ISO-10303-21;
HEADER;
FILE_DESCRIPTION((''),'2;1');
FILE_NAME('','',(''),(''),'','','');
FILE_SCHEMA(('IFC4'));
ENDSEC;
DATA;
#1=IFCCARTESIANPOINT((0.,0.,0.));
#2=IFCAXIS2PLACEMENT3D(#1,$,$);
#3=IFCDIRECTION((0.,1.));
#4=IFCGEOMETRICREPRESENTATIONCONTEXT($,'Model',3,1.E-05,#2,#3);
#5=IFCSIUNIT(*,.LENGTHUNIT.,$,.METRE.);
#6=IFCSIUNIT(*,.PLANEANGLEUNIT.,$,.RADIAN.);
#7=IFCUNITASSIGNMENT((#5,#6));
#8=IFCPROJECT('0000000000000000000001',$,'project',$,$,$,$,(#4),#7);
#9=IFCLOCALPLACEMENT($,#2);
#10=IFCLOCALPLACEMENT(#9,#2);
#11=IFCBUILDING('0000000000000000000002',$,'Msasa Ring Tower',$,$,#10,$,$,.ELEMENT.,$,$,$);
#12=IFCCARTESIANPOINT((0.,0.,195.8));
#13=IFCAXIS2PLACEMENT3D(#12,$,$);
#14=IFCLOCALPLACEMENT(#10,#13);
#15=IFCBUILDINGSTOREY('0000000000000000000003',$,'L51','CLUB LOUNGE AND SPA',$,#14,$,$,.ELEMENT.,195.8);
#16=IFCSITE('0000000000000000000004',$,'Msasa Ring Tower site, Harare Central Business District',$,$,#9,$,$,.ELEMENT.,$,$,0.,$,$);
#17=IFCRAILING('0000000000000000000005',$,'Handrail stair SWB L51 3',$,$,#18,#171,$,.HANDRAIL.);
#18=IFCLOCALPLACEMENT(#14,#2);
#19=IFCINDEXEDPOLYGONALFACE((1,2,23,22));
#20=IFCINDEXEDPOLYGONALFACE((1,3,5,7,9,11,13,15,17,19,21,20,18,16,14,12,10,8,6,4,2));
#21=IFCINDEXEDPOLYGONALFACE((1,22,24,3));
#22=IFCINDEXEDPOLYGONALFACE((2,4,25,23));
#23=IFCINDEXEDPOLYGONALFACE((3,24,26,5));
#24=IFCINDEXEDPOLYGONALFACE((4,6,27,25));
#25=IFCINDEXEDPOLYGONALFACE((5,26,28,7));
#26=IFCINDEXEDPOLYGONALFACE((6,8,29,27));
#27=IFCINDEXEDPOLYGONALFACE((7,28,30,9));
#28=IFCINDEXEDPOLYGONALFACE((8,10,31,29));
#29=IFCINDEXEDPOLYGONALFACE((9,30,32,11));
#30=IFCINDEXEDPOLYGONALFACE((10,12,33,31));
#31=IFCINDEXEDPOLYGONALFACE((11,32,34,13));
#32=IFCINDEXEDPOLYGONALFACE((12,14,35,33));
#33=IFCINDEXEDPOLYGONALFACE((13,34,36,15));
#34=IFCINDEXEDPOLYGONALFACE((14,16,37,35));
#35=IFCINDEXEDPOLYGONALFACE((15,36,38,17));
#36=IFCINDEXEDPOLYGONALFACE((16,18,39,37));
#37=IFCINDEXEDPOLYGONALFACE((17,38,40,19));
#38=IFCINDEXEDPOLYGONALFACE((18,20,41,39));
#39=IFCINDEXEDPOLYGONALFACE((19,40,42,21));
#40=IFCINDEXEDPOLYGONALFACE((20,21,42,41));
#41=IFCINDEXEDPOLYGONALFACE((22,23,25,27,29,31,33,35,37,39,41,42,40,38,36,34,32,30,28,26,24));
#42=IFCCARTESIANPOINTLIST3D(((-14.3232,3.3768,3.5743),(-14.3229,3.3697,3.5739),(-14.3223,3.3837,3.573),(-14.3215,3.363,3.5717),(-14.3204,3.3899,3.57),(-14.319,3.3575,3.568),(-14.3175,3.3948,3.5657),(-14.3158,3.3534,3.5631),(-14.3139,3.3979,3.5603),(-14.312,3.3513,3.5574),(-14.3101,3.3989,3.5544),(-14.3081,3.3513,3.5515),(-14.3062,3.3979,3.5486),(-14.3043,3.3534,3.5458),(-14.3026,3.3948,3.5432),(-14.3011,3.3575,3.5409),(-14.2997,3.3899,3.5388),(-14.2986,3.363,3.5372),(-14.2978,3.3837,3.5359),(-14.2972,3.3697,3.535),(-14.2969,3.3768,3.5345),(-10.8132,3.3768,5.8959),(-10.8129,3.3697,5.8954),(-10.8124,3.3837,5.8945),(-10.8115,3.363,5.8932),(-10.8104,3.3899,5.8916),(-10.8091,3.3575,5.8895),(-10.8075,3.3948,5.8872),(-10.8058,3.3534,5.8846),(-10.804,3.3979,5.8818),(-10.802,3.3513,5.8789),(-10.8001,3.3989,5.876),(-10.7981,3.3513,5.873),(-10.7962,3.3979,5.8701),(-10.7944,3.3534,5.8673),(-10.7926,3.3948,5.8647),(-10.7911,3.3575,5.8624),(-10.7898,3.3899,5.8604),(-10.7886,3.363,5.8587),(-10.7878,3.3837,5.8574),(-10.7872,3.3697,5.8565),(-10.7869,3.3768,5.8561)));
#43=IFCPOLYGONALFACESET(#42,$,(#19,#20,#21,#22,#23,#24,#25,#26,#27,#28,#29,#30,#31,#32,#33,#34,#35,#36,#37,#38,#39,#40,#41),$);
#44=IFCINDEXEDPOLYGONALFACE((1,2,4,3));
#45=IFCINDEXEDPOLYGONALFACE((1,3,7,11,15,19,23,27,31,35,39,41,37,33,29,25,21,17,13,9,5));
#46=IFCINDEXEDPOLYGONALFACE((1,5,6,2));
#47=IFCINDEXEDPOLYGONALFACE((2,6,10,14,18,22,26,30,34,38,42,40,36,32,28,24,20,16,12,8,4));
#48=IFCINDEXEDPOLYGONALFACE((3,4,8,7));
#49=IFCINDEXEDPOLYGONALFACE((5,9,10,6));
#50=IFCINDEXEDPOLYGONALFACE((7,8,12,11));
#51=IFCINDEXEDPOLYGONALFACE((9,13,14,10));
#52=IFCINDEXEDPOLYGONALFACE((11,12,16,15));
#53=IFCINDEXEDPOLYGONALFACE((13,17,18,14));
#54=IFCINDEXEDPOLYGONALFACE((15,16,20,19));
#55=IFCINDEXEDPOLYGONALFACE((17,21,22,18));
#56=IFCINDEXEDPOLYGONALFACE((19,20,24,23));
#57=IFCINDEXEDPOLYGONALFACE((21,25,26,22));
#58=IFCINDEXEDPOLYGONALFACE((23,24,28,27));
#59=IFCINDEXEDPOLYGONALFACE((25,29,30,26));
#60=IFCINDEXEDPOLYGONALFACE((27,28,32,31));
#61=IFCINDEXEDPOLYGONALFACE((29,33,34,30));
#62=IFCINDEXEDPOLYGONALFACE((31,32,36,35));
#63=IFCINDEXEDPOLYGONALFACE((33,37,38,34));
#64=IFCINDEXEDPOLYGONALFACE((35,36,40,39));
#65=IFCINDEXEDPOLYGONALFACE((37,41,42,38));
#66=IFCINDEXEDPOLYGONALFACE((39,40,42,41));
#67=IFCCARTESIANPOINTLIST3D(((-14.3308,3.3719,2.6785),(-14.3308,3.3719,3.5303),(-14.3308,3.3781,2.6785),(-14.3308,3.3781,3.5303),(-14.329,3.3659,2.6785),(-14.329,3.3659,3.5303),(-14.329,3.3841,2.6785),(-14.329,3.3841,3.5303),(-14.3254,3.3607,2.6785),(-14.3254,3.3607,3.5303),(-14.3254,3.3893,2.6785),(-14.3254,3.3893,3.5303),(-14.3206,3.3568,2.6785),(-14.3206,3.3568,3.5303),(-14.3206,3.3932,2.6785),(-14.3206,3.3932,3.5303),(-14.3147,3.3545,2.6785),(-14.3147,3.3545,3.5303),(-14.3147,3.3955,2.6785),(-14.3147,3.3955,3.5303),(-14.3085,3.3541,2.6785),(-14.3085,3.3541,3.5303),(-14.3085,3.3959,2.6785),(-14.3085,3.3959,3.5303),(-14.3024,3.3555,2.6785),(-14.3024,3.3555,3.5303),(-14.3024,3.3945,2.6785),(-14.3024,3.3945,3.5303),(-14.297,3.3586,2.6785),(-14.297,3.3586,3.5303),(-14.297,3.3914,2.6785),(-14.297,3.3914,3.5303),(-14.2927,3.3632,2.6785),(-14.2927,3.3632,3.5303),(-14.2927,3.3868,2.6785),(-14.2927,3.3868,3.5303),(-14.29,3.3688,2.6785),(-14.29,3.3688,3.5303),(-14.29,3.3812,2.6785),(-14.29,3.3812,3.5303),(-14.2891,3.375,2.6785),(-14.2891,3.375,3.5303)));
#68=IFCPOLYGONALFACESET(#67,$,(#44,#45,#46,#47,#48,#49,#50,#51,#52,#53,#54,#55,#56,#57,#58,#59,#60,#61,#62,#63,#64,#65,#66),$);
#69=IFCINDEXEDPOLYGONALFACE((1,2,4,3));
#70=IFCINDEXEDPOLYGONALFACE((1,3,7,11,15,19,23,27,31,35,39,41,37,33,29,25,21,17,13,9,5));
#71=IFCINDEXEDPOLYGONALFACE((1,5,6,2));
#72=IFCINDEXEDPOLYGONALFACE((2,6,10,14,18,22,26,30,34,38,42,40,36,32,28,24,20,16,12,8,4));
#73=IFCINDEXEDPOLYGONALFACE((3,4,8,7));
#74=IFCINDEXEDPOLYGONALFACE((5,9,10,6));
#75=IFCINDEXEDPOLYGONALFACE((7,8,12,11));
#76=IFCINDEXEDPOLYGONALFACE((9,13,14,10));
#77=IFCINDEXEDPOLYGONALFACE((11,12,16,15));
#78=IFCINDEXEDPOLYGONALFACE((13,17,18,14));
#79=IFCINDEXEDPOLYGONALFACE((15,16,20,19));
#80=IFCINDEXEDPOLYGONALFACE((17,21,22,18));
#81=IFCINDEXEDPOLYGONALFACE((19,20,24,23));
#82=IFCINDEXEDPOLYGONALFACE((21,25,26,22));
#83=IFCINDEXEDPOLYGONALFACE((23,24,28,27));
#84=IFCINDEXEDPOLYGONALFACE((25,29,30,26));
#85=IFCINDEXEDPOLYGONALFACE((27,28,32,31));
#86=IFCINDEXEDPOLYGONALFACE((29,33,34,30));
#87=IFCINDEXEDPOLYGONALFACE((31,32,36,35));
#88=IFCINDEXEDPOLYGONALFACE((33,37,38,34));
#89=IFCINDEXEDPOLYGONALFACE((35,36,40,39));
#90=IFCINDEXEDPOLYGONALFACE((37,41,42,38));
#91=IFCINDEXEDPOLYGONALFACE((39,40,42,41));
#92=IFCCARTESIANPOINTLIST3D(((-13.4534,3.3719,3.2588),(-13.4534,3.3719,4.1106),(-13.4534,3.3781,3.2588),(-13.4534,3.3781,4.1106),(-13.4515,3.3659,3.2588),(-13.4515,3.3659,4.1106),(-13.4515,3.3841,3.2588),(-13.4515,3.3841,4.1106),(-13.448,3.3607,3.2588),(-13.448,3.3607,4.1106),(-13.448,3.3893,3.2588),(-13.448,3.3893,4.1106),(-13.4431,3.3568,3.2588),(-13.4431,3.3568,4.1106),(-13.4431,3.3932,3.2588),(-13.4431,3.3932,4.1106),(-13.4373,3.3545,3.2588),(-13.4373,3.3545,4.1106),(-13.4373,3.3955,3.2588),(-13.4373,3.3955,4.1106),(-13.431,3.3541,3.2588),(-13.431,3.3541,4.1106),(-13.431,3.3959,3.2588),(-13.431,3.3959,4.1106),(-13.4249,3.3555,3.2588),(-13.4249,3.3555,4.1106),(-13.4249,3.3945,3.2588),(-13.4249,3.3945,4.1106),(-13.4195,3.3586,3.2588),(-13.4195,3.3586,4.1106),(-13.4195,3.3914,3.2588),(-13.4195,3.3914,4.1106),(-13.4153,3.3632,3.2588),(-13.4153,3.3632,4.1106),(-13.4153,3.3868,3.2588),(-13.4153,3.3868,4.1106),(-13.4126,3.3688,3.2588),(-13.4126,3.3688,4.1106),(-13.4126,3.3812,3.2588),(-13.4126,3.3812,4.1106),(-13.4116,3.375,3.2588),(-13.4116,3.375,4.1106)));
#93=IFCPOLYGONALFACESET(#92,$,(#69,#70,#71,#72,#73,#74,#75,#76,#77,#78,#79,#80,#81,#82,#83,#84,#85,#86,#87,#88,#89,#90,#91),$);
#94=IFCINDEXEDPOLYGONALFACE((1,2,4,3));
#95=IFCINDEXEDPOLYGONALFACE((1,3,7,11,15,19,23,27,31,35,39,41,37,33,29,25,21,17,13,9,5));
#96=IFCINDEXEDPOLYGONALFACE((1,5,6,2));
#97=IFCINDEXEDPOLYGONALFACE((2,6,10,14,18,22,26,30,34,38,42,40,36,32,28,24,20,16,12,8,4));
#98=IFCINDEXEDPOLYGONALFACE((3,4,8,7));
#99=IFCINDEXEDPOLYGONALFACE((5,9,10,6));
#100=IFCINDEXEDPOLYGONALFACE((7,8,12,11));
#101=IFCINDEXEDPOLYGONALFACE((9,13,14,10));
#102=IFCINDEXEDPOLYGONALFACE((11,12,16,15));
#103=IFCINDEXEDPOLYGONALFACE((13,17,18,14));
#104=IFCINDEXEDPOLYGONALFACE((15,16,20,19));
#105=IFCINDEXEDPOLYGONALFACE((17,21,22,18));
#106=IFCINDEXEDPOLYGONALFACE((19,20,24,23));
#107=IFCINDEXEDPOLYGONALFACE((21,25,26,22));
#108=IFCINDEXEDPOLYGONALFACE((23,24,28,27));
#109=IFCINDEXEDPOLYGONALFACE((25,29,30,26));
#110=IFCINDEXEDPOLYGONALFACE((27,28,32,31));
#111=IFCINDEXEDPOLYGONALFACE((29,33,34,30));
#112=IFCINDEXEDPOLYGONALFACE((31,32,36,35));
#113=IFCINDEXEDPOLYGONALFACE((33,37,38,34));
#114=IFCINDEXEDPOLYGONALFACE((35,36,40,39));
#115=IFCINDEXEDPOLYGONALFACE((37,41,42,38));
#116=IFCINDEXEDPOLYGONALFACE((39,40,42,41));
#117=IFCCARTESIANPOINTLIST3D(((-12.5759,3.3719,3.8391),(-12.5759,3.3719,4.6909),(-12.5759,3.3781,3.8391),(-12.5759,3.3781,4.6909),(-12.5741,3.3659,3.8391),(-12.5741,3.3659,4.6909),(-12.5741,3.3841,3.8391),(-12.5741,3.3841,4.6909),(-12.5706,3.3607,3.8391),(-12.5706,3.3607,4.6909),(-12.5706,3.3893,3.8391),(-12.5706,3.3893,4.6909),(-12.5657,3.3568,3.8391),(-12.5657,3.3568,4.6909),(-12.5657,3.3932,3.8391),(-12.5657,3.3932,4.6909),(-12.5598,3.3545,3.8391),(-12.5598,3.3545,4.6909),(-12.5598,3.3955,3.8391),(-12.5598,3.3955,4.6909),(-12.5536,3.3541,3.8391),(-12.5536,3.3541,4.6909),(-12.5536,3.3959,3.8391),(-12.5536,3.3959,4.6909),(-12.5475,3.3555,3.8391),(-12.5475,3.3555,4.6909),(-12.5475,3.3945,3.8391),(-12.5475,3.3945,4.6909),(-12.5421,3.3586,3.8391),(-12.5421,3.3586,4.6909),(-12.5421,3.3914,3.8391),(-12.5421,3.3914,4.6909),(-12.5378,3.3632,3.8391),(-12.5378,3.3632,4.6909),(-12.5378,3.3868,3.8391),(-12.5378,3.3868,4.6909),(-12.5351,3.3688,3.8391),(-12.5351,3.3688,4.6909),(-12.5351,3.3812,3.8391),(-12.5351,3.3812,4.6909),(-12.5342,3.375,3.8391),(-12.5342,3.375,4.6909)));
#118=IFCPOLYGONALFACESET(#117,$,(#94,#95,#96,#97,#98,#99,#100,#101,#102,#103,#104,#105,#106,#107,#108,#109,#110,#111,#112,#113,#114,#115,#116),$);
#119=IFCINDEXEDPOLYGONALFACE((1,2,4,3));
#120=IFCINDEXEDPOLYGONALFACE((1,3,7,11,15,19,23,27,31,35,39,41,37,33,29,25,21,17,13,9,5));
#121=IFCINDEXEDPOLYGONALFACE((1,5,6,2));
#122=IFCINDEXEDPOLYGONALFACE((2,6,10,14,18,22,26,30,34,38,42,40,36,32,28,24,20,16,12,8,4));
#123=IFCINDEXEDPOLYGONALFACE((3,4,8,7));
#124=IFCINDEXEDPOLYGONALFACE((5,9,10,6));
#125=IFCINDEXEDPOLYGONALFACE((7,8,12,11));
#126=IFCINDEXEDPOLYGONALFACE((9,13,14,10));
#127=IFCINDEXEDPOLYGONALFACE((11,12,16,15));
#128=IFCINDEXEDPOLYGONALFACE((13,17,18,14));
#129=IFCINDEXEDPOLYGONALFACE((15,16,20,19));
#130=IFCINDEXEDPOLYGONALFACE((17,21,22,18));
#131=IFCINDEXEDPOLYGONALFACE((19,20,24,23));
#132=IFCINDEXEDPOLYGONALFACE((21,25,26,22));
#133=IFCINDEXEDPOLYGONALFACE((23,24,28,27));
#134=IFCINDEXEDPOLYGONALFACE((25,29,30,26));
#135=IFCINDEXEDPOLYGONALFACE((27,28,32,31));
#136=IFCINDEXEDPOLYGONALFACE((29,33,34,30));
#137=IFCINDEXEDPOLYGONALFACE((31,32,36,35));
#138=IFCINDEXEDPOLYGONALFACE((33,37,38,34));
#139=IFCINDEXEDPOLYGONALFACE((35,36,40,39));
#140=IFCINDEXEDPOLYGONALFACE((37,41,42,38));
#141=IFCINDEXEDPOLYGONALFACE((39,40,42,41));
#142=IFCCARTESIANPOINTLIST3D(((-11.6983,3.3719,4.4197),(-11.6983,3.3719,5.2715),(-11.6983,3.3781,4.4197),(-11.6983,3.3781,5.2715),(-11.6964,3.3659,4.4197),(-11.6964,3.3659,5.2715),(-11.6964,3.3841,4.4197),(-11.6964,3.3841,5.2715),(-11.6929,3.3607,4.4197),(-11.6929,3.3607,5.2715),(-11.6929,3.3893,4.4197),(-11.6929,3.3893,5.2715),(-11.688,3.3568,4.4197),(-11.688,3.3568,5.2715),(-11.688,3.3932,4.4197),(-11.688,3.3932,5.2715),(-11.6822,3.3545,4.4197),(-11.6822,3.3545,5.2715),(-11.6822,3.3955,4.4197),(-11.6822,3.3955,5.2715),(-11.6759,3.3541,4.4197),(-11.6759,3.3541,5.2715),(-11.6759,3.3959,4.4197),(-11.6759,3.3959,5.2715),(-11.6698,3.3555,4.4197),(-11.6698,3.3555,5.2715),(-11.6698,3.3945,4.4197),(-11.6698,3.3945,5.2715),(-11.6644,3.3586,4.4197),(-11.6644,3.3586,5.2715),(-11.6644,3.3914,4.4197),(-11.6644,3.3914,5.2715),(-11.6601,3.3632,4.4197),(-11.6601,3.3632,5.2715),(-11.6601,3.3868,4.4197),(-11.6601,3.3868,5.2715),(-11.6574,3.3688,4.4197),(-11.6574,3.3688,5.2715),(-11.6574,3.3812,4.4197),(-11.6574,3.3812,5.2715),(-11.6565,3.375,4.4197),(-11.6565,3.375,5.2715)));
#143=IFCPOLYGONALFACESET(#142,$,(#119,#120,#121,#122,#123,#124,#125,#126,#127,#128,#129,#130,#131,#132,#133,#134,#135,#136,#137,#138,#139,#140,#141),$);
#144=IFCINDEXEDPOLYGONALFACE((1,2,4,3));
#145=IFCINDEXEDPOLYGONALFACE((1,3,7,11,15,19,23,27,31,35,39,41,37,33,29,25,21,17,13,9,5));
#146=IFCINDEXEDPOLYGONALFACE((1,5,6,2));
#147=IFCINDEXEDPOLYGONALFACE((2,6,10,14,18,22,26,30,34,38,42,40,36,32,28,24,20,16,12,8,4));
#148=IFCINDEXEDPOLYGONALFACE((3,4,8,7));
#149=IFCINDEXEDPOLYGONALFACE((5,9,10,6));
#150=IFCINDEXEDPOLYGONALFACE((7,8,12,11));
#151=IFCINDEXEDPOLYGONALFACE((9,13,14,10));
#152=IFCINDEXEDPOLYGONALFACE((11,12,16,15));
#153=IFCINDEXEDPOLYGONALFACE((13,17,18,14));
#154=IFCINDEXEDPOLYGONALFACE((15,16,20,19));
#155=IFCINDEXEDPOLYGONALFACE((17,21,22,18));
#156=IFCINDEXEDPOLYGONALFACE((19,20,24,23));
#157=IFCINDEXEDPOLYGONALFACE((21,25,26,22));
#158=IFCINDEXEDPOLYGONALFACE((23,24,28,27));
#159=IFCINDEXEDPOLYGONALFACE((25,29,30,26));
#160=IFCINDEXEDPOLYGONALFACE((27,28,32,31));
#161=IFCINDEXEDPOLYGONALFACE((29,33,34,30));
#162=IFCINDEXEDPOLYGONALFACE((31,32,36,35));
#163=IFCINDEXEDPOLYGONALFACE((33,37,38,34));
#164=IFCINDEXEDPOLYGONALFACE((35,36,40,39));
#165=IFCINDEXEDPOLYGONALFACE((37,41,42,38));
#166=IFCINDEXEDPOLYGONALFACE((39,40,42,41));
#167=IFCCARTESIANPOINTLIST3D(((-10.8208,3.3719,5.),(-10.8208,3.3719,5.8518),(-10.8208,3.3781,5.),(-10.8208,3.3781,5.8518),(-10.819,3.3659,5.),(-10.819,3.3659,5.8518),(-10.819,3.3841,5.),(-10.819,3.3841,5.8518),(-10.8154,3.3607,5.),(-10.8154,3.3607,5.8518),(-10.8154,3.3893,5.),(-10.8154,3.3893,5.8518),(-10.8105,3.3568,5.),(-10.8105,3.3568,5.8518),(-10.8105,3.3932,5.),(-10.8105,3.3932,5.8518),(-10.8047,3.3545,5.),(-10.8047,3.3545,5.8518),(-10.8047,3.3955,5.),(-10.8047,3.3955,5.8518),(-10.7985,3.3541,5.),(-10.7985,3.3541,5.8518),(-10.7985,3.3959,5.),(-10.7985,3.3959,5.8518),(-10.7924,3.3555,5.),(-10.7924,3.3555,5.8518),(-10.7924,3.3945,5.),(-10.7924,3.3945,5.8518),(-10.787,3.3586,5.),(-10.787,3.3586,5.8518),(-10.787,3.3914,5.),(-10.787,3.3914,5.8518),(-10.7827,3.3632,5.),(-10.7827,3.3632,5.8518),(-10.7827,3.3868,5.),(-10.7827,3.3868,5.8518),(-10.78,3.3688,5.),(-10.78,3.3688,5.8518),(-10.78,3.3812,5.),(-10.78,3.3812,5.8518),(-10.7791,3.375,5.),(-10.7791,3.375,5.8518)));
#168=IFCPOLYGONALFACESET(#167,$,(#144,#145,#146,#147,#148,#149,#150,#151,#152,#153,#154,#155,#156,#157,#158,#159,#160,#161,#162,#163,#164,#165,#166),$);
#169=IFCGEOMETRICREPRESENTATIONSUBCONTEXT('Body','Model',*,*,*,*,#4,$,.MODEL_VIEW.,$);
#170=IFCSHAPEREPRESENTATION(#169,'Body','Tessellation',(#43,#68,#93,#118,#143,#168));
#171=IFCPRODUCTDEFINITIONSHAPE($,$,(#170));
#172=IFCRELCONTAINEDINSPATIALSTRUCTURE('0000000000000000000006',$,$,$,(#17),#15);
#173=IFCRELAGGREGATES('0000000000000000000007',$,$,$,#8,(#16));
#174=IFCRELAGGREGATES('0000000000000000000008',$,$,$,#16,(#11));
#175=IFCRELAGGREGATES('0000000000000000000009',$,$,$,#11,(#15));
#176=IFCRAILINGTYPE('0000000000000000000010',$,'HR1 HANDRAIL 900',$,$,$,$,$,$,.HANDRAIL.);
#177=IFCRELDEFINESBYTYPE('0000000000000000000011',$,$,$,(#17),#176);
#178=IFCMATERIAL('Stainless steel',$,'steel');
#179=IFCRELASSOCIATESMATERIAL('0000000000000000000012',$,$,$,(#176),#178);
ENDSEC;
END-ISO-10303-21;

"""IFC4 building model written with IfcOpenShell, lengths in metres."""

from ifc_helpers import new_model, si_unit, direction, frame, origin, origin_2d, place, context, subcontext, project, spatial, circle, extrude, material, type_object, element, save


model = new_model("IFC4")

# Units and contexts
model_context = context("Model", 3, precision=1e-05, world=origin(), true_north=direction((0.0, 1.0)))
body_context = subcontext(model_context, "Body", "Model", "MODEL_VIEW")
ifc_project = project(units=[si_unit("LENGTHUNIT", "METRE"), si_unit("PLANEANGLEUNIT", "RADIAN")], contexts=[model_context])

# Site, building, storey
site_placement = place(None, origin())
site = spatial("IfcSite", under=ifc_project, at=site_placement, Name="Msasa Ring Tower site, Harare Central Business District", CompositionType="ELEMENT", RefElevation=0.0)
building_placement = place(site_placement, origin())
building = spatial("IfcBuilding", under=site, at=building_placement, Name="Msasa Ring Tower", CompositionType="ELEMENT")
storey_placement = place(building_placement, frame((0.0, 0.0, 195.8)))
storey = spatial("IfcBuildingStorey", under=building, at=storey_placement, Name="L51", Description="CLUB LOUNGE AND SPA", CompositionType="ELEMENT", Elevation=195.8)

# Railing
ifc_material_1 = material(Name="Stainless steel", Category="steel")
railing_type = type_object("IfcRailingType", Name="HR1 HANDRAIL 900", PredefinedType="HANDRAIL", material=ifc_material_1)
for number, where, name in (
    (1, (-14.3101, 3.375, 2.6785), "Handrail stair SWB L51 3"),
):
    element("IfcRailing", number, at=place(storey_placement, frame(where)), inside=storey, type_object=railing_type, Name=name, PredefinedType="HANDRAIL", context=body_context, shape_type="SweptSolid", body=[
        extrude(circle(Radius=0.0239, at=origin_2d()), frame((0.0, 0.0, 0.876), z_axis=(0.834071, 0.0, 0.551657), x_axis=(0.0, 1.0, 0.0)), (0.0, 0.0, 1.0), 4.2083),
        extrude(circle(Radius=0.021, at=origin_2d()), origin(), (0.0, 0.0, 1.0), 0.8518),
        extrude(circle(Radius=0.021, at=origin_2d()), frame((0.8774, 0.0, 0.5803)), (0.0, 0.0, 1.0), 0.8518),
        extrude(circle(Radius=0.021, at=origin_2d()), frame((1.7549, 0.0, 1.1606)), (0.0, 0.0, 1.0), 0.8518),
        extrude(circle(Radius=0.021, at=origin_2d()), frame((2.6326, 0.0, 1.7412)), (0.0, 0.0, 1.0), 0.8518),
        extrude(circle(Radius=0.021, at=origin_2d()), frame((3.51, 0.0, 2.3215)), (0.0, 0.0, 1.0), 0.8518),
    ])

save(model, "model.ifc")
